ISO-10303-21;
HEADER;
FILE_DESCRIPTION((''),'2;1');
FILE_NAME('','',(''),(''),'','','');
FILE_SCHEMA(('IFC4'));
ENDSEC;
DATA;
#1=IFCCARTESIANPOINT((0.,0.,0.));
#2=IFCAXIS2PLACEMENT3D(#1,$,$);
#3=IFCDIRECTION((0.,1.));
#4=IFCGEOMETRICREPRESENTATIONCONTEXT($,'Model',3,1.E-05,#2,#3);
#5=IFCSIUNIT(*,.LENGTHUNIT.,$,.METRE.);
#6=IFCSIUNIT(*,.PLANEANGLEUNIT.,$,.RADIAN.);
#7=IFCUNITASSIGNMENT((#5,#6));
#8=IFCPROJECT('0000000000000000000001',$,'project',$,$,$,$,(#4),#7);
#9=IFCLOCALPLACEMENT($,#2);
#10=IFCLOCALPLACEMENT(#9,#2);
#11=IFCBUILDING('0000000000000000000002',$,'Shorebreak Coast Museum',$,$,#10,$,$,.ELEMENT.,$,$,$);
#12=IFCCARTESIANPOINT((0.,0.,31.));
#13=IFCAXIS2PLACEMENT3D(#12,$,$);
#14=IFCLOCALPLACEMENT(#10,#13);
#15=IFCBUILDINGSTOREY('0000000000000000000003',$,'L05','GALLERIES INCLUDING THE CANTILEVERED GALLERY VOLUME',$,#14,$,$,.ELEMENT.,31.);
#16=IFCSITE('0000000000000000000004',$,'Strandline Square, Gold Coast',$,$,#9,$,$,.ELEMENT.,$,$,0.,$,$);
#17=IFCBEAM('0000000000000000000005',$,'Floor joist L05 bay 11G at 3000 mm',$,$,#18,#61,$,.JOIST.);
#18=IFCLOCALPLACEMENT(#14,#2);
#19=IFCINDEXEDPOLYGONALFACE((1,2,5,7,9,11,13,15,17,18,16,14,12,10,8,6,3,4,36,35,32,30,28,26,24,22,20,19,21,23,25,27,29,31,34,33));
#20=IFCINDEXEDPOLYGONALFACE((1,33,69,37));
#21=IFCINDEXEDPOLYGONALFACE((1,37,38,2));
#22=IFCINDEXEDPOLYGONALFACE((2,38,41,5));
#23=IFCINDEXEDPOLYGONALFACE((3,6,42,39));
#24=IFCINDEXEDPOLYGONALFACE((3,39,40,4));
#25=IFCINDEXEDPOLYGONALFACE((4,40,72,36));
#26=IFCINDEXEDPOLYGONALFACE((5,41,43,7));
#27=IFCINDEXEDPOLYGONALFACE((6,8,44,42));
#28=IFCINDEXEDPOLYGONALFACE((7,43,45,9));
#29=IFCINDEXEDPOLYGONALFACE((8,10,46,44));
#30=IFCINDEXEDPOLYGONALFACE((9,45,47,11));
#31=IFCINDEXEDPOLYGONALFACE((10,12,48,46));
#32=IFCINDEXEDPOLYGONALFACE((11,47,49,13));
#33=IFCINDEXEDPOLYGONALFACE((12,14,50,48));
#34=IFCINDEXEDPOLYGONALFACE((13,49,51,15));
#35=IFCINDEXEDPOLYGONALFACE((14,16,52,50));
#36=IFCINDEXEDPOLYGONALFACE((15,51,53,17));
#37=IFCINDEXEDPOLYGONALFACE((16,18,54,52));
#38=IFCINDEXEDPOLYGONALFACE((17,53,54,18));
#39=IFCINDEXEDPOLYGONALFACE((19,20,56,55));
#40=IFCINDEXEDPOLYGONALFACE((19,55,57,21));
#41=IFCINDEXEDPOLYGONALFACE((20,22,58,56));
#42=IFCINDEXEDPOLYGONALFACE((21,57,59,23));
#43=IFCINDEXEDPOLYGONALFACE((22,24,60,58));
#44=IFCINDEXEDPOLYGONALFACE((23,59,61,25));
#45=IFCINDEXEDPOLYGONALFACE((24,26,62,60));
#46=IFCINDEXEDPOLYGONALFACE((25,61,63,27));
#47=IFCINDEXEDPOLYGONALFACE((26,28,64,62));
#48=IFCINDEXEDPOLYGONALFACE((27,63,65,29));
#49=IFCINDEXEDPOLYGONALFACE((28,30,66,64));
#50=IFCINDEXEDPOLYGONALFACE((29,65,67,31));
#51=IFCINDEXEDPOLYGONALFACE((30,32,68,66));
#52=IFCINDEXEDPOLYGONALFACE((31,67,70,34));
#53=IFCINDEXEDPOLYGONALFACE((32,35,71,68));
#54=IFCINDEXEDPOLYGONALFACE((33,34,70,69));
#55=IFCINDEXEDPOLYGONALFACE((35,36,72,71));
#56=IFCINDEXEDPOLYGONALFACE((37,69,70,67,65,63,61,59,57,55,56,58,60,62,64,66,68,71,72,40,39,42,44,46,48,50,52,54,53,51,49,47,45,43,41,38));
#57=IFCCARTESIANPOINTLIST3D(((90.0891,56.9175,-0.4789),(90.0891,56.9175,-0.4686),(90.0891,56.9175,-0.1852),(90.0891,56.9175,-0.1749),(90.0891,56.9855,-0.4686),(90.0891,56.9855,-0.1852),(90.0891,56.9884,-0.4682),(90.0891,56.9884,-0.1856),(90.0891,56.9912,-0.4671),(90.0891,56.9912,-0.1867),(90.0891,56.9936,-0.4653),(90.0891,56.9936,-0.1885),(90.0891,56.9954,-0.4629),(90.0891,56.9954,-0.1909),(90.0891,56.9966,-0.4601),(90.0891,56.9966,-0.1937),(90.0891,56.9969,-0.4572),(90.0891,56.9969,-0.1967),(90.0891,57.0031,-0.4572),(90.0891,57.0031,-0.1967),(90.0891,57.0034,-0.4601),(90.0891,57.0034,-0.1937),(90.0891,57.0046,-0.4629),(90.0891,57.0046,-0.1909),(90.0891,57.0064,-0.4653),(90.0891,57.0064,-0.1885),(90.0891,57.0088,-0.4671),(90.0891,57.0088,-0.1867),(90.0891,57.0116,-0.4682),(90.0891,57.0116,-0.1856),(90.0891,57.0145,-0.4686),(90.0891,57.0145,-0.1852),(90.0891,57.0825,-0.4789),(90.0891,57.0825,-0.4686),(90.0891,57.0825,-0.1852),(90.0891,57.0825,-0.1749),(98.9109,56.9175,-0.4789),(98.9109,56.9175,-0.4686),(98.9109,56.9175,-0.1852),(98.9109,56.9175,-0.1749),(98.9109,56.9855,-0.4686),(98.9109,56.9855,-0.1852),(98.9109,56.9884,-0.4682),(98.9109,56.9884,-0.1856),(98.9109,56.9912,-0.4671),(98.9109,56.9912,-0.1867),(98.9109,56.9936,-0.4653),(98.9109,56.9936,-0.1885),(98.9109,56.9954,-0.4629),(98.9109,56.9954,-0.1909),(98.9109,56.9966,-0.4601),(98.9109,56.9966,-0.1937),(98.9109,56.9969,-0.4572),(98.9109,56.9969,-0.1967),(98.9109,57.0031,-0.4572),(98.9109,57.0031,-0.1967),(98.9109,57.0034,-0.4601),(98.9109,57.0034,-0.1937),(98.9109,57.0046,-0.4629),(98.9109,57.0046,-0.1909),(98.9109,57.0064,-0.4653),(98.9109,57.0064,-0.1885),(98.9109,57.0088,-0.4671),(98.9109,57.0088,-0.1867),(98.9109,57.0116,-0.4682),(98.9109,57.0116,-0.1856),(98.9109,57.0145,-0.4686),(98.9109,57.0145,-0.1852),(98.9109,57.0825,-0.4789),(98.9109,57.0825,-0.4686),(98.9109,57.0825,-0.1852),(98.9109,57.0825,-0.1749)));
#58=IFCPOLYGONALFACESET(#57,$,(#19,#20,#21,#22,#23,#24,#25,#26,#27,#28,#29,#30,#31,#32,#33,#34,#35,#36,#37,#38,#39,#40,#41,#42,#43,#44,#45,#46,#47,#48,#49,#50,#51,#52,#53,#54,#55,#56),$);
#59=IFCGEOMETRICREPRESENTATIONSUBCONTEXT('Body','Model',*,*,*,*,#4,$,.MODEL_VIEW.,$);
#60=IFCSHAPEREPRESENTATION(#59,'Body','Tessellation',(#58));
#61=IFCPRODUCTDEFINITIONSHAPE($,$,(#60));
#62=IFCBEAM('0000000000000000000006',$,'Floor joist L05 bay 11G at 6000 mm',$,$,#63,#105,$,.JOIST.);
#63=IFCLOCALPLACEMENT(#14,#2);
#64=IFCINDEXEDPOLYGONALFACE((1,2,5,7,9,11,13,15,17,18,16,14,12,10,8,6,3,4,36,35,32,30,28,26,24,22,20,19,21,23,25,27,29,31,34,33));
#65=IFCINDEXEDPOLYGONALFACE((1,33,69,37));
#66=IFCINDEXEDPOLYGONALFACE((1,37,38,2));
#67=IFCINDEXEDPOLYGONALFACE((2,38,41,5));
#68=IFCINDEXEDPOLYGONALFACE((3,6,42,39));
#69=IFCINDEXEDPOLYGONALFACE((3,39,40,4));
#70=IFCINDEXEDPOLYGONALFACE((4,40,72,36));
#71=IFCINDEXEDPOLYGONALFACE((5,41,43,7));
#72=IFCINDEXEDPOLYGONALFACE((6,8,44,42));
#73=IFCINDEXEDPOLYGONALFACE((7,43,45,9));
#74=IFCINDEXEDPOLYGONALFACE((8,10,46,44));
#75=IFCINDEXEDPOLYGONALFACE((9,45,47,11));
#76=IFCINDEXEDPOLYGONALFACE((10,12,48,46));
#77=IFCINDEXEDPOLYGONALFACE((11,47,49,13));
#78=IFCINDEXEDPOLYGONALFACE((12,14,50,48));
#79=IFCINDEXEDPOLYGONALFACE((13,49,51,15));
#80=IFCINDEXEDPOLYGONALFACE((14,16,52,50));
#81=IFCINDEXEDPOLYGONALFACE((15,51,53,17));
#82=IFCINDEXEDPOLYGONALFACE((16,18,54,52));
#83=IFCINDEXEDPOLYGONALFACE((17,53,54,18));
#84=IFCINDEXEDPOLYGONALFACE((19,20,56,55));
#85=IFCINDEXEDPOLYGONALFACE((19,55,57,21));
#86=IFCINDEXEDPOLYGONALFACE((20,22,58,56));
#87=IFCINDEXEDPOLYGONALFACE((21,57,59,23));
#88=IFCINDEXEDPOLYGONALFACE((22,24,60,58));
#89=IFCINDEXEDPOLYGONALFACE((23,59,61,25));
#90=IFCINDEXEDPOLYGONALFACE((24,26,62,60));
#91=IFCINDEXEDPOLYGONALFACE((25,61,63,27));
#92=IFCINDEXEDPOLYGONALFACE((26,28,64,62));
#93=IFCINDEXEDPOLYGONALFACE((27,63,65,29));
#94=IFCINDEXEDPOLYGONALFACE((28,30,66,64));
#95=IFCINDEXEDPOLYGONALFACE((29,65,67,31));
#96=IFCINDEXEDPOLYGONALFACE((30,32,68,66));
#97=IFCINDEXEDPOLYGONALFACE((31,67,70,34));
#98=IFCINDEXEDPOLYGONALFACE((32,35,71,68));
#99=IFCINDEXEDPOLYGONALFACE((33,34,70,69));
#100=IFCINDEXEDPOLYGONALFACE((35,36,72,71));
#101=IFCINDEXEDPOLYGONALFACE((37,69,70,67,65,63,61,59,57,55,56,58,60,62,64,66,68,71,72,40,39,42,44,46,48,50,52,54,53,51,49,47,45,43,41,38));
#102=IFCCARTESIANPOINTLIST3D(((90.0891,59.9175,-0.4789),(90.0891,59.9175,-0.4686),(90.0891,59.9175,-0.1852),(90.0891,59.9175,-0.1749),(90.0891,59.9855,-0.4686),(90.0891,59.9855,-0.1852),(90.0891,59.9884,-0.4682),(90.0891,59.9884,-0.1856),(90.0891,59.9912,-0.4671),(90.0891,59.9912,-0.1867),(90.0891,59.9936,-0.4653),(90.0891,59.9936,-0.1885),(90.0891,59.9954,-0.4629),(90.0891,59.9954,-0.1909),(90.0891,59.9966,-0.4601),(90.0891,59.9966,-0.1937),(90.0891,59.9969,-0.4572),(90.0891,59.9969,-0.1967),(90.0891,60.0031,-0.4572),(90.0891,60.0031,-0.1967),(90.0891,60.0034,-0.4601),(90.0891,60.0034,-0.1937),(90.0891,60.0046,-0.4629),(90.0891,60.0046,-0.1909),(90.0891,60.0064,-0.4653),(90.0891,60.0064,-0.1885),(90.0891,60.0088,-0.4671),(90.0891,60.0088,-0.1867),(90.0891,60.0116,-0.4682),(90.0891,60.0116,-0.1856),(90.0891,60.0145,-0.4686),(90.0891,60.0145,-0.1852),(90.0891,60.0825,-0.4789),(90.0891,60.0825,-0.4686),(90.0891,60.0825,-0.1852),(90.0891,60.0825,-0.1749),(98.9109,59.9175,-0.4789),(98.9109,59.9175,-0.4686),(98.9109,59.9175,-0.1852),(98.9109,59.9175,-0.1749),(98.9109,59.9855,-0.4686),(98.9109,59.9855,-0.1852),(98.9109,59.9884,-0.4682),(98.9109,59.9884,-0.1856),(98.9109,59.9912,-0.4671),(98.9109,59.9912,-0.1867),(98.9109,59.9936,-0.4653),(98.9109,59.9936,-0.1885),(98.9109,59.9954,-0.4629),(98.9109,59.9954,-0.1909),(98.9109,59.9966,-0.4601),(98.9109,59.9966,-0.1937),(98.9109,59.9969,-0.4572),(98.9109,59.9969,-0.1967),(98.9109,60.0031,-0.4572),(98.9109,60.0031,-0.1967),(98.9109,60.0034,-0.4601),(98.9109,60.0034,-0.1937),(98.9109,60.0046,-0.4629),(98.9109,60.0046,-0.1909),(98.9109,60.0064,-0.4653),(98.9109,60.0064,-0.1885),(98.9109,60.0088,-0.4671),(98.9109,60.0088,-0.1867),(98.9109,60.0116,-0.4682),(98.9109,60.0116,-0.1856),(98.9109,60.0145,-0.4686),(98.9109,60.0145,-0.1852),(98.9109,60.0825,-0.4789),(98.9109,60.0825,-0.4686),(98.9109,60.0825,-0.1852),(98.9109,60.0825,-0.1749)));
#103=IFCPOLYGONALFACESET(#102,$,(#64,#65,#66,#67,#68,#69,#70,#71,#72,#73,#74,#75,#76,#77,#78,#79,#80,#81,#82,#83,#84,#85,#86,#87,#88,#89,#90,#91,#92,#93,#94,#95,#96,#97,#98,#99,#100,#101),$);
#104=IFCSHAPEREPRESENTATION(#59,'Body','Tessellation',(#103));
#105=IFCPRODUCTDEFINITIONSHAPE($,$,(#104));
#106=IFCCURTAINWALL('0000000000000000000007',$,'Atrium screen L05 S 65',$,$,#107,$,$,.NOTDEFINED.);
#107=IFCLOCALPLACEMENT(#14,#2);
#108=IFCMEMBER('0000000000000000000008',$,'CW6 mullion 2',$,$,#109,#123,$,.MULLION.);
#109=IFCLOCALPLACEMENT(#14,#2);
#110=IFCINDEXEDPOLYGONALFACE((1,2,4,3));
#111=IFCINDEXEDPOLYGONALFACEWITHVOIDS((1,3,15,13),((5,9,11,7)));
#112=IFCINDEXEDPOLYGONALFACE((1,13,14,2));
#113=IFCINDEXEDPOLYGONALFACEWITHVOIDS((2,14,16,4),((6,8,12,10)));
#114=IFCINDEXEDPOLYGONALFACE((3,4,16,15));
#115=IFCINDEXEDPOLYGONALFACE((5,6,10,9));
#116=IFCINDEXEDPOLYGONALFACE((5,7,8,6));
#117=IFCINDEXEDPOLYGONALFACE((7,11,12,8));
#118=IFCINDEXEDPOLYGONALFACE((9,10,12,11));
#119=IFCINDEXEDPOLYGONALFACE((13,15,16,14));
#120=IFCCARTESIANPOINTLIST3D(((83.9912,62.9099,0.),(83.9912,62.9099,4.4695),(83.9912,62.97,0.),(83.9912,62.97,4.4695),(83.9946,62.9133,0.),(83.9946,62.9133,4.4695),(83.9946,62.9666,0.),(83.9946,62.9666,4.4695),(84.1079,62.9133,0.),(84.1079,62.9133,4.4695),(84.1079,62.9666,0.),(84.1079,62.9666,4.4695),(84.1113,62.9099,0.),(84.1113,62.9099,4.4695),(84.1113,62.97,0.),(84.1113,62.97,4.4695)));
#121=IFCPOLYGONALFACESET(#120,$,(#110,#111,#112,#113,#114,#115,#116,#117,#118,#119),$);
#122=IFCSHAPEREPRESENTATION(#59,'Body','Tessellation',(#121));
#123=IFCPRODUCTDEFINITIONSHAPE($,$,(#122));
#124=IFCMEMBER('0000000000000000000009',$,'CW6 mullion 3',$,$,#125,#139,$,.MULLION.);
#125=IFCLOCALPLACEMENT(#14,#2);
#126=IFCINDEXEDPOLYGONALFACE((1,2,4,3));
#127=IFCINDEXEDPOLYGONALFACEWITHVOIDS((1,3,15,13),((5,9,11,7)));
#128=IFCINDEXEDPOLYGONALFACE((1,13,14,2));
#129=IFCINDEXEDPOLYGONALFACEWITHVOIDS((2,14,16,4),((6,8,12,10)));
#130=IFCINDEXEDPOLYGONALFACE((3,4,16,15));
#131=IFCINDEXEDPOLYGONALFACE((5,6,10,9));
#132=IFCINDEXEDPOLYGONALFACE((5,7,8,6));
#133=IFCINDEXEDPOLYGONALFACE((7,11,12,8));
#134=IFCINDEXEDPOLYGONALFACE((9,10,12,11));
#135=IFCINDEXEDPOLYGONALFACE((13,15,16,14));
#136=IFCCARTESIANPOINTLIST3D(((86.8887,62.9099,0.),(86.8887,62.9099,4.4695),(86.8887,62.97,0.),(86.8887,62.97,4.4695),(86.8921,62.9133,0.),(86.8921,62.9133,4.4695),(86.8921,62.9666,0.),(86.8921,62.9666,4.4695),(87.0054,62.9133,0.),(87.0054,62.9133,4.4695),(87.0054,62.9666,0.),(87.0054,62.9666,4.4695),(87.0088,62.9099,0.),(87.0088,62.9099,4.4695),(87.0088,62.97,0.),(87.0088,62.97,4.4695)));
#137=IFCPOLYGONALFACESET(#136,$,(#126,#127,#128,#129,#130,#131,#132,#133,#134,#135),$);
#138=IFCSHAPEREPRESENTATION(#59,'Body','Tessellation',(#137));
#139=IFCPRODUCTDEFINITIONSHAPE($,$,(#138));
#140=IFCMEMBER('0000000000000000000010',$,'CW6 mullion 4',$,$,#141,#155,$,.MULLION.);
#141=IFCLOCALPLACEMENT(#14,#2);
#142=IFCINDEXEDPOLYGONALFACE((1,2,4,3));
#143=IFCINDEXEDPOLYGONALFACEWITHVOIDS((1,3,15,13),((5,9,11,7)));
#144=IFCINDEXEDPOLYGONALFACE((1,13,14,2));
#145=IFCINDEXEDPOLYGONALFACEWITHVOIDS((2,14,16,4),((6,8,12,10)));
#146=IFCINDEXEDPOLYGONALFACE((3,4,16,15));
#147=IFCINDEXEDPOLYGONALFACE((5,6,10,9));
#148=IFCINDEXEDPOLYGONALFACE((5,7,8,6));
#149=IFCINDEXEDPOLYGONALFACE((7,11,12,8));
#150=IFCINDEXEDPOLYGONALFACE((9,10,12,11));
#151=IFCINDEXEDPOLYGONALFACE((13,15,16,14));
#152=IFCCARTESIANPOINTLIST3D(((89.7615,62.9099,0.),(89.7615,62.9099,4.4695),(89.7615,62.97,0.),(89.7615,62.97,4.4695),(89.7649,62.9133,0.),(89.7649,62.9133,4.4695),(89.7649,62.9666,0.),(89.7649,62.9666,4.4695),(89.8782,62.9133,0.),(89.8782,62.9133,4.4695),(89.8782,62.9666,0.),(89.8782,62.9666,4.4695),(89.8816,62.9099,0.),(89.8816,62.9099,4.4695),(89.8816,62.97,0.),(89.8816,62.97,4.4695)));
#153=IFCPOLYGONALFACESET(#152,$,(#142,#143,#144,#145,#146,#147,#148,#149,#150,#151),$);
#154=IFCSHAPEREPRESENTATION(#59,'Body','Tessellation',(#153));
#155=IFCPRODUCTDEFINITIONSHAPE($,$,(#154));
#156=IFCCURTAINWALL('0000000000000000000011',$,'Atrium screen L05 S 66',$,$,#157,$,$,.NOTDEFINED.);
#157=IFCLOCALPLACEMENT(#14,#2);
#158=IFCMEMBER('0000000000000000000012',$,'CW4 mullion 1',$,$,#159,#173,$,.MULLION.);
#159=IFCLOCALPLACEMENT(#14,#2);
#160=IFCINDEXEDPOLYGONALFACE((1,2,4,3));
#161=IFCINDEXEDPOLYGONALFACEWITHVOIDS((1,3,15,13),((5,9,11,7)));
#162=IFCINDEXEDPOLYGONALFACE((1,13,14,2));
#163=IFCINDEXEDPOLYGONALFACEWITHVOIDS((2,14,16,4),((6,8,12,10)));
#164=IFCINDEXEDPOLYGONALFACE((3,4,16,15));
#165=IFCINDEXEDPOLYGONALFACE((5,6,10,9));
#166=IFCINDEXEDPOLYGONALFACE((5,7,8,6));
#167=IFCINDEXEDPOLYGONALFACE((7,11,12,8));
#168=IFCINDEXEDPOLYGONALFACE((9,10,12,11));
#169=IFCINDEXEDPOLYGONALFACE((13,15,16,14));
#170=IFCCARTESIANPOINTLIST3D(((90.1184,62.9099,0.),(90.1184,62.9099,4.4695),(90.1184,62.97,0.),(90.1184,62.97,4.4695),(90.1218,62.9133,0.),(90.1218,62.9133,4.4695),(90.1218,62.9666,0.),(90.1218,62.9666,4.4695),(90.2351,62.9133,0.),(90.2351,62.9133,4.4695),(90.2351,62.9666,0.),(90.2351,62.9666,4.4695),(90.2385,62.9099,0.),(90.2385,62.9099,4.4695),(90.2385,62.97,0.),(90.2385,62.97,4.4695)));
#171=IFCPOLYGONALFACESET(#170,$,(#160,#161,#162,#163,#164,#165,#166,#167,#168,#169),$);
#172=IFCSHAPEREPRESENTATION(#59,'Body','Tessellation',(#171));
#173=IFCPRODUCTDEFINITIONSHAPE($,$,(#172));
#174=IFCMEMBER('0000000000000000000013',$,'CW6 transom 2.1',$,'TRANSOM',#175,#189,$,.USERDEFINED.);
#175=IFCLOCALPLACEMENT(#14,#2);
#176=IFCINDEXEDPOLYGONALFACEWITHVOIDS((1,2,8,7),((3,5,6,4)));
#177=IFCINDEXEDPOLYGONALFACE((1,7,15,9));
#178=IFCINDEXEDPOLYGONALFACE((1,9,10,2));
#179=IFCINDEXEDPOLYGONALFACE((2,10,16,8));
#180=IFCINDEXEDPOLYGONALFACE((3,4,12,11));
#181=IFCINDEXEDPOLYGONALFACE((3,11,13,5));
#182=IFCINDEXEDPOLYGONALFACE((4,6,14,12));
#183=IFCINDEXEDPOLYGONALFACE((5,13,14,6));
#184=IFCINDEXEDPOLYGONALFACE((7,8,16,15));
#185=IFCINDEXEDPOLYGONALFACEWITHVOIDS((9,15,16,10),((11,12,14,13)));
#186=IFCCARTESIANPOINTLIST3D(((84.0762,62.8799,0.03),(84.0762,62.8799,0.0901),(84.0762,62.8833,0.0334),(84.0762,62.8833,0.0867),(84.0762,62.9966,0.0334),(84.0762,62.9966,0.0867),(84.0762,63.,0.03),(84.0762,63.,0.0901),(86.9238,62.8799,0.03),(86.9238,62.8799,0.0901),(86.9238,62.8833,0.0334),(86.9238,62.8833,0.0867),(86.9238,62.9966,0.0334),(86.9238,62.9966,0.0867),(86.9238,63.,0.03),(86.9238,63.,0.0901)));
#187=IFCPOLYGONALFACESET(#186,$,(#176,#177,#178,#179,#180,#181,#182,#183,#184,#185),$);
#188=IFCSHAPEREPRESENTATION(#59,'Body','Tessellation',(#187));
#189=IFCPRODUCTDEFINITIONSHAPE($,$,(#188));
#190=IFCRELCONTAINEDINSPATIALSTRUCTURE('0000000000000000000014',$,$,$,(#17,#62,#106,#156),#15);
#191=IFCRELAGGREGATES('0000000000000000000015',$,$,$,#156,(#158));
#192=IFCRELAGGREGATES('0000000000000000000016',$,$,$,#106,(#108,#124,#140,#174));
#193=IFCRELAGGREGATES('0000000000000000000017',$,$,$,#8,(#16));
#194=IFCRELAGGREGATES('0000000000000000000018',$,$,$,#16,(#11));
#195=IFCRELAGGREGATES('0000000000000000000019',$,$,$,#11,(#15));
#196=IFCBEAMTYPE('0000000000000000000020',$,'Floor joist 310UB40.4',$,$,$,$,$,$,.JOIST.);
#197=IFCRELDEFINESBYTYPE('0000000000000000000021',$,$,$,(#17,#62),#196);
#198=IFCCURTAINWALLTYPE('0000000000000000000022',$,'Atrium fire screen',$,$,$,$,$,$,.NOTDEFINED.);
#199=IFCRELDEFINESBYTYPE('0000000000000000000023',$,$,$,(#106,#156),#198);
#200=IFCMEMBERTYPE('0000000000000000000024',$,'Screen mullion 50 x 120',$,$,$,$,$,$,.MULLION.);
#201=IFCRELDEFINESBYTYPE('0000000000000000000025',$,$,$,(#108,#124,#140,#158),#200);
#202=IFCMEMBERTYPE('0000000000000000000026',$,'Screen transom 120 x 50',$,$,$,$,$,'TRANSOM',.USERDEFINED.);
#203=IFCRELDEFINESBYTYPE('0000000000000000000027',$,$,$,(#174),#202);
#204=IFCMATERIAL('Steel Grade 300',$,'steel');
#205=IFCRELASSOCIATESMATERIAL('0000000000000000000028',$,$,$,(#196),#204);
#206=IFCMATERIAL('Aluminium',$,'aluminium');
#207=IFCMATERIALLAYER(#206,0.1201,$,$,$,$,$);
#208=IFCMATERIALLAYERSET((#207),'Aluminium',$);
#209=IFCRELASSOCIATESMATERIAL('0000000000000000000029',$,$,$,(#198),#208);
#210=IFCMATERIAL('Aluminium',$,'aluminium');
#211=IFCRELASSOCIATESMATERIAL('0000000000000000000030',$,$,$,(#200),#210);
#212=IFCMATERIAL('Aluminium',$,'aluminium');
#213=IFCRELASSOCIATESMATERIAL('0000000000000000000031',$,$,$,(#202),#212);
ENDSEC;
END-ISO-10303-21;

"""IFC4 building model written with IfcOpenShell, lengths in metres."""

from ifc_helpers import new_model, si_unit, direction, frame, origin, origin_2d, place, context, subcontext, project, spatial, hollow_rectangle, i_section, extrude, material, layer, layer_set, material_profile, profile_set, type_object, element, aggregate, save


model = new_model("IFC4")

# Units and contexts
model_context = context("Model", 3, precision=1e-05, world=origin(), true_north=direction((0.0, 1.0)))
body_context = subcontext(model_context, "Body", "Model", "MODEL_VIEW")
ifc_project = project(units=[si_unit("LENGTHUNIT", "METRE"), si_unit("PLANEANGLEUNIT", "RADIAN")], contexts=[model_context])

# Site, building, storey
site_placement = place(None, origin())
site = spatial("IfcSite", under=ifc_project, at=site_placement, Name="Strandline Square, Gold Coast", CompositionType="ELEMENT", RefElevation=0.0)
building_placement = place(site_placement, origin())
building = spatial("IfcBuilding", under=site, at=building_placement, Name="Shorebreak Coast Museum", CompositionType="ELEMENT")
storey_placement = place(building_placement, frame((0.0, 0.0, 31.0)))
storey = spatial("IfcBuildingStorey", under=building, at=storey_placement, Name="L05", Description="GALLERIES INCLUDING THE CANTILEVERED GALLERY VOLUME", CompositionType="ELEMENT", Elevation=31.0)

# Beams
ifc_material_1 = material(Name="Steel Grade 300", Category="steel")
ifc_material_profile_1 = material_profile(ifc_material_1, i_section(OverallWidth=0.165, OverallDepth=0.304, WebThickness=0.0061, FlangeThickness=0.0103, FilletRadius=0.0115, at=origin_2d()), Name="310UB40.4")
ifc_profile_set_1 = profile_set([ifc_material_profile_1], Name="Steel Grade 300")
beam_type = type_object("IfcBeamType", Name="Floor joist 310UB40.4", PredefinedType="JOIST", material=ifc_profile_set_1)
for number, where, z_axis, x_axis, name in (
    (1, (90.0891, 57.0, -0.3269), (1.0, 0.0, 0.0), (0.0, 1.0, 0.0), "Floor joist L05 bay 11G at 3000 mm"),
    (2, (90.0891, 60.0, -0.3269), (1.0, 0.0, 0.0), (0.0, 1.0, 0.0), "Floor joist L05 bay 11G at 6000 mm"),
):
    element("IfcBeam", number, at=place(storey_placement, frame(where, z_axis=z_axis, x_axis=x_axis)), inside=storey, type_object=beam_type, Name=name, PredefinedType="JOIST", context=body_context, shape_type="SweptSolid", body=[
        extrude(i_section(OverallWidth=0.165, OverallDepth=0.304, WebThickness=0.0061, FlangeThickness=0.0103, FilletRadius=0.0115, at=origin_2d()), origin(), (0.0, 0.0, 1.0), 8.8218),
    ])

# Curtain wall, members
ifc_material_2 = material(Name="Aluminium", Category="aluminium")
ifc_layer_1 = layer(ifc_material_2, 0.1201)
ifc_layer_set_1 = layer_set([ifc_layer_1], Name="Aluminium")
curtain_wall_type = type_object("IfcCurtainWallType", Name="Atrium fire screen", PredefinedType="NOTDEFINED", material=ifc_layer_set_1)
curtain_wall_1_placement = place(storey_placement, origin())
curtain_wall_1 = element("IfcCurtainWall", 3, at=curtain_wall_1_placement, inside=storey, type_object=curtain_wall_type, Name="Atrium screen L05 S 65", PredefinedType="NOTDEFINED")
ifc_material_3 = material(Name="Aluminium", Category="aluminium")
ifc_material_profile_2 = material_profile(ifc_material_3, hollow_rectangle(XDim=0.0601, YDim=0.1201, WallThickness=0.0034, at=origin_2d()), Name="AL 120x60 RHS")
ifc_profile_set_2 = profile_set([ifc_material_profile_2], Name="Aluminium")
member_type_1 = type_object("IfcMemberType", Name="Screen mullion 50 x 120", PredefinedType="MULLION", material=ifc_profile_set_2)
member_1_placement = place(storey_placement, frame((84.0513, 62.9399, 0.0), z_axis=(0.0, 0.0, 1.0), x_axis=(0.0, 1.0, 0.0)))
member_1 = element("IfcMember", 4, at=member_1_placement, type_object=member_type_1, Name="CW6 mullion 2", PredefinedType="MULLION", context=body_context, shape_type="SweptSolid", body=[
    extrude(hollow_rectangle(XDim=0.0601, YDim=0.1201, WallThickness=0.0034, at=origin_2d()), origin(), (0.0, 0.0, 1.0), 4.4695),
])
member_2_placement = place(storey_placement, frame((86.9487, 62.9399, 0.0), z_axis=(0.0, 0.0, 1.0), x_axis=(0.0, 1.0, 0.0)))
member_2 = element("IfcMember", 5, at=member_2_placement, type_object=member_type_1, Name="CW6 mullion 3", PredefinedType="MULLION", context=body_context, shape_type="SweptSolid", body=[
    extrude(hollow_rectangle(XDim=0.0601, YDim=0.1201, WallThickness=0.0034, at=origin_2d()), origin(), (0.0, 0.0, 1.0), 4.4695),
])
member_3_placement = place(storey_placement, frame((89.8215, 62.9399, 0.0), z_axis=(0.0, 0.0, 1.0), x_axis=(0.0, 1.0, 0.0)))
member_3 = element("IfcMember", 6, at=member_3_placement, type_object=member_type_1, Name="CW6 mullion 4", PredefinedType="MULLION", context=body_context, shape_type="SweptSolid", body=[
    extrude(hollow_rectangle(XDim=0.0601, YDim=0.1201, WallThickness=0.0034, at=origin_2d()), origin(), (0.0, 0.0, 1.0), 4.4695),
])

# Curtain wall, member
curtain_wall_2_placement = place(storey_placement, origin())
curtain_wall_2 = element("IfcCurtainWall", 7, at=curtain_wall_2_placement, inside=storey, type_object=curtain_wall_type, Name="Atrium screen L05 S 66", PredefinedType="NOTDEFINED")
member_4_placement = place(storey_placement, frame((90.1785, 62.9399, 0.0), z_axis=(0.0, 0.0, 1.0), x_axis=(0.0, 1.0, 0.0)))
member_4 = element("IfcMember", 8, at=member_4_placement, type_object=member_type_1, Name="CW4 mullion 1", PredefinedType="MULLION", context=body_context, shape_type="SweptSolid", body=[
    extrude(hollow_rectangle(XDim=0.0601, YDim=0.1201, WallThickness=0.0034, at=origin_2d()), origin(), (0.0, 0.0, 1.0), 4.4695),
])

# Member
ifc_material_4 = material(Name="Aluminium", Category="aluminium")
ifc_material_profile_3 = material_profile(ifc_material_4, hollow_rectangle(XDim=0.1201, YDim=0.0601, WallThickness=0.0034, at=origin_2d()), Name="AL 60x120 RHS")
ifc_profile_set_3 = profile_set([ifc_material_profile_3], Name="Aluminium")
member_type_2 = type_object("IfcMemberType", Name="Screen transom 120 x 50", ElementType="TRANSOM", PredefinedType="USERDEFINED", material=ifc_profile_set_3)
member_5_placement = place(storey_placement, frame((84.0762, 62.9399, 0.0601), z_axis=(1.0, 0.0, 0.0), x_axis=(0.0, 1.0, 0.0)))
member_5 = element("IfcMember", 9, at=member_5_placement, type_object=member_type_2, Name="CW6 transom 2.1", ObjectType="TRANSOM", PredefinedType="USERDEFINED", context=body_context, shape_type="SweptSolid", body=[
    extrude(hollow_rectangle(XDim=0.1201, YDim=0.0601, WallThickness=0.0034, at=origin_2d()), origin(), (0.0, 0.0, 1.0), 2.8477),
])
aggregate(curtain_wall_2, [member_4])

aggregate(curtain_wall_1, [member_1, member_2, member_3, member_5])

save(model, "model.ifc")
